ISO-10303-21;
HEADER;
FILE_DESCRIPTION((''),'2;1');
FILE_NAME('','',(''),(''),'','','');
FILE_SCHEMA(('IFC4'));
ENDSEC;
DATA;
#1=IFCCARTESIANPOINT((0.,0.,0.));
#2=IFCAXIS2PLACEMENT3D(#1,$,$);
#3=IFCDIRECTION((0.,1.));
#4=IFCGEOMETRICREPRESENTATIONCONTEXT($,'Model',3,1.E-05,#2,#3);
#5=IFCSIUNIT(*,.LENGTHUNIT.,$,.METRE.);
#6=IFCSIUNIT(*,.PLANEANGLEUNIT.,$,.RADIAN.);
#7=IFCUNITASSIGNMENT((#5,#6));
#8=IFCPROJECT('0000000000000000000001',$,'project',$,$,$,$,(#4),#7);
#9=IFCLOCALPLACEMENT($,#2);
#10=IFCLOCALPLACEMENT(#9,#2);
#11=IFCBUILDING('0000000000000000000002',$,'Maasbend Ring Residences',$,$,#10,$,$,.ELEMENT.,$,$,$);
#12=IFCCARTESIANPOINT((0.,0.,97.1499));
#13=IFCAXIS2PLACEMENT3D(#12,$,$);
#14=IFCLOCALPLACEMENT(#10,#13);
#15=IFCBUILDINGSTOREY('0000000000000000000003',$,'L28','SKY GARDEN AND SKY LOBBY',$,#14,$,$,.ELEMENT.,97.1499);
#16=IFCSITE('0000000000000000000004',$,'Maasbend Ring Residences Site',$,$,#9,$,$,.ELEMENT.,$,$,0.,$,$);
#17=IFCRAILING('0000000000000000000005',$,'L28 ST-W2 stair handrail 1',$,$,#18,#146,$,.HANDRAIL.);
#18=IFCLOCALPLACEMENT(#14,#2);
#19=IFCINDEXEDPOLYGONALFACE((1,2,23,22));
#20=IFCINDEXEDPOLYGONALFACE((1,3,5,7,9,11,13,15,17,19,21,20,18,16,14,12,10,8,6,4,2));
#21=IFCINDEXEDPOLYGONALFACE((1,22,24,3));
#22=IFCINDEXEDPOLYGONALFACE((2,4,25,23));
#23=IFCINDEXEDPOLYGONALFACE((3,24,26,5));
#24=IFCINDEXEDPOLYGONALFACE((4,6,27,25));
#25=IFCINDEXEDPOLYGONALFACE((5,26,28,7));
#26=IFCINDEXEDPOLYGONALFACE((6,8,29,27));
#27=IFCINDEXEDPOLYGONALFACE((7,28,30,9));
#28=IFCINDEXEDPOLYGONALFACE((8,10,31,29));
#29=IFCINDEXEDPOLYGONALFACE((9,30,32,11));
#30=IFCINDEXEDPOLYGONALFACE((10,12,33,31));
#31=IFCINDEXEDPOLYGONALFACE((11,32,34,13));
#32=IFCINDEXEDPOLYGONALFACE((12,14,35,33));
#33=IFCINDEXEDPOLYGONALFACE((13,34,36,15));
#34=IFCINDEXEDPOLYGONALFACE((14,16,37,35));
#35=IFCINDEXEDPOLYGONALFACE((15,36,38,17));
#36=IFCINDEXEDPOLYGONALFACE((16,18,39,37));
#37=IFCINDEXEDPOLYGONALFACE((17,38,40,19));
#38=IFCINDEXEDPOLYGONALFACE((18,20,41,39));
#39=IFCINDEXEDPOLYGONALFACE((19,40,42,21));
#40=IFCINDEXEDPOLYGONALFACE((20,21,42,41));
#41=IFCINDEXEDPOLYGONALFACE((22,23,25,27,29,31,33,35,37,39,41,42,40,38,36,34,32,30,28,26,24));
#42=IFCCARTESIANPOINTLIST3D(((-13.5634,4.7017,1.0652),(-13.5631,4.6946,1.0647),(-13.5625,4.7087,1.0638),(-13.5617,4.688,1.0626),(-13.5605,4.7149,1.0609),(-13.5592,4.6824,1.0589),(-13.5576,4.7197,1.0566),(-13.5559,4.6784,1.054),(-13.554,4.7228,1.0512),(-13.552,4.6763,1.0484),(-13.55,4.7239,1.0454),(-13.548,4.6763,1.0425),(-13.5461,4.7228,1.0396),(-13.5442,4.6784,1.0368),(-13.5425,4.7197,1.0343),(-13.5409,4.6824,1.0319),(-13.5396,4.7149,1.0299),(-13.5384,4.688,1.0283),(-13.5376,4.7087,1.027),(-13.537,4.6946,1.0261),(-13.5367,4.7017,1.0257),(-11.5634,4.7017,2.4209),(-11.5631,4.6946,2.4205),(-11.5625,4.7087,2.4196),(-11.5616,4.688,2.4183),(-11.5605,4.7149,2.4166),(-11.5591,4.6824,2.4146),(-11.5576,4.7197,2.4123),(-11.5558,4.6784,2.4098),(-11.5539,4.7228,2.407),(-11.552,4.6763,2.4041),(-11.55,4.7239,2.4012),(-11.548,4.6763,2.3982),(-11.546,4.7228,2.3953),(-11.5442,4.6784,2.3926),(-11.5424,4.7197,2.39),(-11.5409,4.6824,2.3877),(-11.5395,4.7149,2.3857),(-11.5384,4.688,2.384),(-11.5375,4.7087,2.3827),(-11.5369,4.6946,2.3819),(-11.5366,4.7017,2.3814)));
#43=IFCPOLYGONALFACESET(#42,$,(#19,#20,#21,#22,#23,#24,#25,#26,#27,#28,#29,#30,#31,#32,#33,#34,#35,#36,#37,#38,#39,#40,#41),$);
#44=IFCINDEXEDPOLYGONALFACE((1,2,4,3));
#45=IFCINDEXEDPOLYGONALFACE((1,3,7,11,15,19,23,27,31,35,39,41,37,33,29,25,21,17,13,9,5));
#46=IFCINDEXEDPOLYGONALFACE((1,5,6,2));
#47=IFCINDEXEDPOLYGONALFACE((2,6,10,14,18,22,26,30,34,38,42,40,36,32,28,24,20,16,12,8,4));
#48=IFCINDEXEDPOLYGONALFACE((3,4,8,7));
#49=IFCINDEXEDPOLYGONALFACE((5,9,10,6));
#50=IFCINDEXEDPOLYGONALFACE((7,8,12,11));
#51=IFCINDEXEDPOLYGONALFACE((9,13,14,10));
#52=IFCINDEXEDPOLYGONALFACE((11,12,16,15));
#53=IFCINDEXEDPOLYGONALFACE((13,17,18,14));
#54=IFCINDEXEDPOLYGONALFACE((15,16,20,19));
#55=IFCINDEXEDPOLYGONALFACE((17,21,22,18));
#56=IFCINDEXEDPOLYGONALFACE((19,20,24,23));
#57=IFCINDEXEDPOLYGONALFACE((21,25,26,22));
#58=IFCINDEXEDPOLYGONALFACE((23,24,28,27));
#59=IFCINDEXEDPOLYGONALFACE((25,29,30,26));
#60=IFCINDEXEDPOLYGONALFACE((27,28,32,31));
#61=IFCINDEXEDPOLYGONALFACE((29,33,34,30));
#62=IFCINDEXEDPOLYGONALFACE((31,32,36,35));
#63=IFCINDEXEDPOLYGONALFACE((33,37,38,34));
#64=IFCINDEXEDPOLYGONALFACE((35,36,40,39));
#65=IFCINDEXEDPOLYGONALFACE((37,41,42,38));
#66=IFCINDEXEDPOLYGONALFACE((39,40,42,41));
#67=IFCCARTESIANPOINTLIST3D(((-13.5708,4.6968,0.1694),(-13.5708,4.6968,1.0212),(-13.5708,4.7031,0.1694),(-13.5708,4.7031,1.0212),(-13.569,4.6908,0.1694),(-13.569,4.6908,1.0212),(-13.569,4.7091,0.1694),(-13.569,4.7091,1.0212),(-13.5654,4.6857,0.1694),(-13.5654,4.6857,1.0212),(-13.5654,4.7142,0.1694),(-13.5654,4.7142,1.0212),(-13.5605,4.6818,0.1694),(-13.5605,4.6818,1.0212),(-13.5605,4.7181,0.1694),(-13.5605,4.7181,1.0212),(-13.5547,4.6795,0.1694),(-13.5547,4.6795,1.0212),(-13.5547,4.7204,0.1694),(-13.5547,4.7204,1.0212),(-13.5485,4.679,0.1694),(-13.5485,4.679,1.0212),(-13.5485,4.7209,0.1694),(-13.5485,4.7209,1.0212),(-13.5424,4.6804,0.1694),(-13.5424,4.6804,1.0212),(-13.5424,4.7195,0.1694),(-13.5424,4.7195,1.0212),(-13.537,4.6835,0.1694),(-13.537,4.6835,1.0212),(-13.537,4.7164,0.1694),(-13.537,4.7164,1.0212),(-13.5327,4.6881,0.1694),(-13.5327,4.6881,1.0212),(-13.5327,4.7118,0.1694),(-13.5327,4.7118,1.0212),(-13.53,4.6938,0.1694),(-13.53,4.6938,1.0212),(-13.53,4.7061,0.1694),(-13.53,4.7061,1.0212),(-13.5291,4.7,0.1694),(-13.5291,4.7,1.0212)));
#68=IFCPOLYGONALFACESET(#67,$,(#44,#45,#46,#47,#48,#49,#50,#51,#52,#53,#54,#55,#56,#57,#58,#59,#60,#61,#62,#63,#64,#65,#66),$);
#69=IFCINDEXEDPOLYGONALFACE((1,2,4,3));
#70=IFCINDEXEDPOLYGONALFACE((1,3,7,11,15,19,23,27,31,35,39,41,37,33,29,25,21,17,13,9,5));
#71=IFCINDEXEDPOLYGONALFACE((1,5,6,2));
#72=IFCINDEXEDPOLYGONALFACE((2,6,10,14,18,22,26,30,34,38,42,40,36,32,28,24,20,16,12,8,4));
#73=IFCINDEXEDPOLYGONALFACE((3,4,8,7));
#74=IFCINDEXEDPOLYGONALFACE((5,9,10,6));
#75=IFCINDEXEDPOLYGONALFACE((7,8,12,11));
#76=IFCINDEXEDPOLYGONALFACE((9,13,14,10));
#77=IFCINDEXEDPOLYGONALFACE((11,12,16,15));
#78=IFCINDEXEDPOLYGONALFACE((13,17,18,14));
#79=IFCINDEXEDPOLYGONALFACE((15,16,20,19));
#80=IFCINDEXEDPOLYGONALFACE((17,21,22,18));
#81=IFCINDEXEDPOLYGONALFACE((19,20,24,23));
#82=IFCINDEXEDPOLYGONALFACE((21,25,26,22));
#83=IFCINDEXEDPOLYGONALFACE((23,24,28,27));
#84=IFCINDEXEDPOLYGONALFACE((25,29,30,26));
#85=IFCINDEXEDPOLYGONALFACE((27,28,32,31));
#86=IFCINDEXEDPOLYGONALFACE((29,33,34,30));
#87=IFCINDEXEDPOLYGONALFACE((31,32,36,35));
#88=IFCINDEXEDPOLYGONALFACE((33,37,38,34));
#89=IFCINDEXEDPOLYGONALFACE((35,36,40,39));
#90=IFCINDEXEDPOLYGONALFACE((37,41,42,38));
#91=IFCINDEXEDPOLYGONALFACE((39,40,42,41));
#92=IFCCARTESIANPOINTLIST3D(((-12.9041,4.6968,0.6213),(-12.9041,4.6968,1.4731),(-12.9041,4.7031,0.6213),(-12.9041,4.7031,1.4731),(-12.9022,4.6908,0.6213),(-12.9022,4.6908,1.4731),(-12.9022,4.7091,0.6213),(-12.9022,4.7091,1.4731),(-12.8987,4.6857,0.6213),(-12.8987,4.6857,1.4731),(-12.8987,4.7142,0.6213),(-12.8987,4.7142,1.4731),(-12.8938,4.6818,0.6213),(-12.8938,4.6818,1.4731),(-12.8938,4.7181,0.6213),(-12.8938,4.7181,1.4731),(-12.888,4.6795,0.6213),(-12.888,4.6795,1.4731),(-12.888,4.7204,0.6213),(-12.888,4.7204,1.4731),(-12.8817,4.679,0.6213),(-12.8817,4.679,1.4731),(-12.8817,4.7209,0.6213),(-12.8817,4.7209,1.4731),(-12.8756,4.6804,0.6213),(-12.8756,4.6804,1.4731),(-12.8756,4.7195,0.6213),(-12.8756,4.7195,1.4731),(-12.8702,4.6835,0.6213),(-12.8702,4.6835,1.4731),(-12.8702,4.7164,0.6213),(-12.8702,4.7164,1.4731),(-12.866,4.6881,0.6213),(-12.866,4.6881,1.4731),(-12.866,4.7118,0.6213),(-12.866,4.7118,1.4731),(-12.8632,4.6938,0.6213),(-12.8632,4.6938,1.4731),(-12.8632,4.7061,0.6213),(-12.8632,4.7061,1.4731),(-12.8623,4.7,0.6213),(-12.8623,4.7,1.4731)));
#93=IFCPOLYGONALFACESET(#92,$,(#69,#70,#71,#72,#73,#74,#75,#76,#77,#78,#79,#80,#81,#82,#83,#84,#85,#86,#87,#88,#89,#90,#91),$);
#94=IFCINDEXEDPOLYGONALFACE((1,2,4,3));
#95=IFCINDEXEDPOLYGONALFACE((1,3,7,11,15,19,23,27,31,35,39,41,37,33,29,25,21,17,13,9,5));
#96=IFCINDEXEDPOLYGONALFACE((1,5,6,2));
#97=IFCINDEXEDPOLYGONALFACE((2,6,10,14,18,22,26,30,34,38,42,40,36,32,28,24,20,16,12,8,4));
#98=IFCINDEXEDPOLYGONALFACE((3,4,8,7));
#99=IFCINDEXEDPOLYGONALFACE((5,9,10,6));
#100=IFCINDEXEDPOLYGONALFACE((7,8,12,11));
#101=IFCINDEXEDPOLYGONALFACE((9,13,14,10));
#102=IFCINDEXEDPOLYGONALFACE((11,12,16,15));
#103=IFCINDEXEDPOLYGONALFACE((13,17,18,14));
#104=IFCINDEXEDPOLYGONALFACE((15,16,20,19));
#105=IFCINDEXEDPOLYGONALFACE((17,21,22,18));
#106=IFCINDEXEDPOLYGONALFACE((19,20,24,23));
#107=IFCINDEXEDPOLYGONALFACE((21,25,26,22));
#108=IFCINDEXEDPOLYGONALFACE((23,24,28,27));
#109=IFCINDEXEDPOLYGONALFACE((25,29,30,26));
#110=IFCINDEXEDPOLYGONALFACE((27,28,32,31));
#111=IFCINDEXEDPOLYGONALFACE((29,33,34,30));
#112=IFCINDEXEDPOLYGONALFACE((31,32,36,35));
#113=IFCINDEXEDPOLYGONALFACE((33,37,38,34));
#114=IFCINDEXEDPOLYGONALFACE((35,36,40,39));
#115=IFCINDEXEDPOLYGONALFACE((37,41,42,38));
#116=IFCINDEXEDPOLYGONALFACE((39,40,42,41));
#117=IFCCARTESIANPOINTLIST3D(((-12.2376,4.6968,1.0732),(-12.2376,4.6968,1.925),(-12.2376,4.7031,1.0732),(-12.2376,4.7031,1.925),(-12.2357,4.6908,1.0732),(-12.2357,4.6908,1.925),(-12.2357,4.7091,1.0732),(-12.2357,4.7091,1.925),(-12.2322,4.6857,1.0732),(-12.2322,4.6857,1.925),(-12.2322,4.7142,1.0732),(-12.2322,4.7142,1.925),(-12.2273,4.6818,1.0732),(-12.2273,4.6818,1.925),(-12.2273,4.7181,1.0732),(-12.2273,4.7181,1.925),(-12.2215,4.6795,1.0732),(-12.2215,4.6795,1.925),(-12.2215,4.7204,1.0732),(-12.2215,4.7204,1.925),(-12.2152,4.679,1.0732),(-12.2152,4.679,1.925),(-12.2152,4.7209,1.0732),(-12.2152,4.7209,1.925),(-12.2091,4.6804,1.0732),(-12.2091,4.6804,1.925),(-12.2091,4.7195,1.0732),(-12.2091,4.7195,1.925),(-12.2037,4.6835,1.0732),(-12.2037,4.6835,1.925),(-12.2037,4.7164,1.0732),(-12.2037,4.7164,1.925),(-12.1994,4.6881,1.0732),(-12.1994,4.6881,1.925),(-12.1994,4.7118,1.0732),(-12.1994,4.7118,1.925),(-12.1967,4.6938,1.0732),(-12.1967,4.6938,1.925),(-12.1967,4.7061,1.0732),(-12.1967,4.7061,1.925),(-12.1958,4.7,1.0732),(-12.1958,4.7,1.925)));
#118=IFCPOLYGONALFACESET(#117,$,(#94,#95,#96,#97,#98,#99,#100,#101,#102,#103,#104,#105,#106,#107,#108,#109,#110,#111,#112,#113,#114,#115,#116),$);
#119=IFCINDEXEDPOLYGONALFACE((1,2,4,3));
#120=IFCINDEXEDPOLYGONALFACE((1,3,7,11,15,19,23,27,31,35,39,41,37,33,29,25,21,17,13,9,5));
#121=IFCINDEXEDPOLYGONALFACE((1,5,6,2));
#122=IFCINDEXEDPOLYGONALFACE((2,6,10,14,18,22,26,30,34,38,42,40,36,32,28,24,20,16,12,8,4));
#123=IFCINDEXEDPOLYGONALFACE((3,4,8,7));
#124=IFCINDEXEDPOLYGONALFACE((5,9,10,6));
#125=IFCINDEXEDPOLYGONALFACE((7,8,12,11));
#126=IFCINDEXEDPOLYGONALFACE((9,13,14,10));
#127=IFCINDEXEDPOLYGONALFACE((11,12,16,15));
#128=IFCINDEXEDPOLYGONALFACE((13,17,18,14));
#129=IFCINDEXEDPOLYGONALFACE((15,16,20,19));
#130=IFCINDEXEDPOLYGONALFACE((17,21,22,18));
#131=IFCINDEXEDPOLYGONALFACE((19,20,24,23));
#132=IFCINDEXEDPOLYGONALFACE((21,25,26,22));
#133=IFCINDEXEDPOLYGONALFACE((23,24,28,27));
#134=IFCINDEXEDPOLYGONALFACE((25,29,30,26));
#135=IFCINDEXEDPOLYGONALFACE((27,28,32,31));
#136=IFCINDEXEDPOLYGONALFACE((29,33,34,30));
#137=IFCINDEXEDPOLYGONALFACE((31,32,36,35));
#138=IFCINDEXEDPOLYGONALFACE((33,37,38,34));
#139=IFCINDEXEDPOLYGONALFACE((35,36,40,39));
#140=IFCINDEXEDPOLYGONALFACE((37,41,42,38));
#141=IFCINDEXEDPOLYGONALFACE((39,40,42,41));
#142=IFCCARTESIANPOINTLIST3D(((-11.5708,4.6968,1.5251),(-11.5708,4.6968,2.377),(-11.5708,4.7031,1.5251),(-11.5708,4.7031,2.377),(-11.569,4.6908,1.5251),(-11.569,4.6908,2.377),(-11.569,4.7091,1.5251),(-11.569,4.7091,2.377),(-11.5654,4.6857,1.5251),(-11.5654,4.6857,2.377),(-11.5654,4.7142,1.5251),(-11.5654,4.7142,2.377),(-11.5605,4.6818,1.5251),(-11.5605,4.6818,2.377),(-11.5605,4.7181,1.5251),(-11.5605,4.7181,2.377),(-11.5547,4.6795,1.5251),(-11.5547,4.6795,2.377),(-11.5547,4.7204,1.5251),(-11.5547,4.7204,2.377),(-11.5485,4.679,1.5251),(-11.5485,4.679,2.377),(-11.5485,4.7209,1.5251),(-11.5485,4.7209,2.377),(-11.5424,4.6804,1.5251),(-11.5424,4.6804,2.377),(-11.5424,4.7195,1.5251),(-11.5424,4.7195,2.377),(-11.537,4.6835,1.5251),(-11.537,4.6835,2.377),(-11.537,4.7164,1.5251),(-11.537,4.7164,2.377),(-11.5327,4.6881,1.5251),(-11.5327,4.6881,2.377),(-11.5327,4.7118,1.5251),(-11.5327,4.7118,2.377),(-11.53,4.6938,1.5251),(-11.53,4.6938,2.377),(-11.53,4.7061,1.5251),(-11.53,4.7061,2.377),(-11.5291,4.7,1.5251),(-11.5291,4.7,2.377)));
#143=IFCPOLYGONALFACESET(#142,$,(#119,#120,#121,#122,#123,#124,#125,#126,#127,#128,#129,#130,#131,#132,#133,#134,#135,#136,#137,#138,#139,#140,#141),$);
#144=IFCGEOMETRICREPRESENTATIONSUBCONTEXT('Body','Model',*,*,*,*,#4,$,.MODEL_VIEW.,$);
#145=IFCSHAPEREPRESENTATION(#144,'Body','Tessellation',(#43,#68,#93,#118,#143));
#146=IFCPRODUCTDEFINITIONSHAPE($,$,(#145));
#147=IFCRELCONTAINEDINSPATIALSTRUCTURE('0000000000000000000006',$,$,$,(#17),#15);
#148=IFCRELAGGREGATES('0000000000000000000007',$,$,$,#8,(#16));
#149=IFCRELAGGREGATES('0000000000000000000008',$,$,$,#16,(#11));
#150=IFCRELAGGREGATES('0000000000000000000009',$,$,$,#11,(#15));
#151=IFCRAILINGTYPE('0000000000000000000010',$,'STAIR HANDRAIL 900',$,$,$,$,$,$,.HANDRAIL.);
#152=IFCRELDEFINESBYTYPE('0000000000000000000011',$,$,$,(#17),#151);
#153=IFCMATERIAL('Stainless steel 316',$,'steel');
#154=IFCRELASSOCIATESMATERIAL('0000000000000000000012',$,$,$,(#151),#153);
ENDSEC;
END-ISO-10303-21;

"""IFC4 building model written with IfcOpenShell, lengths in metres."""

from ifc_helpers import new_model, si_unit, direction, frame, origin, origin_2d, place, context, subcontext, project, spatial, circle, extrude, material, type_object, element, save


model = new_model("IFC4")

# Units and contexts
model_context = context("Model", 3, precision=1e-05, world=origin(), true_north=direction((0.0, 1.0)))
body_context = subcontext(model_context, "Body", "Model", "MODEL_VIEW")
ifc_project = project(units=[si_unit("LENGTHUNIT", "METRE"), si_unit("PLANEANGLEUNIT", "RADIAN")], contexts=[model_context])

# Site, building, storey
site_placement = place(None, origin())
site = spatial("IfcSite", under=ifc_project, at=site_placement, Name="Maasbend Ring Residences Site", CompositionType="ELEMENT", RefElevation=0.0)
building_placement = place(site_placement, origin())
building = spatial("IfcBuilding", under=site, at=building_placement, Name="Maasbend Ring Residences", CompositionType="ELEMENT")
storey_placement = place(building_placement, frame((0.0, 0.0, 97.1499)))
storey = spatial("IfcBuildingStorey", under=building, at=storey_placement, Name="L28", Description="SKY GARDEN AND SKY LOBBY", CompositionType="ELEMENT", Elevation=97.1499)

# Railing
ifc_material_1 = material(Name="Stainless steel 316", Category="steel")
railing_type_1 = type_object("IfcRailingType", Name="STAIR HANDRAIL 900", PredefinedType="HANDRAIL", material=ifc_material_1)
for number, where, name in (
    (1, (-13.55, 4.7, 0.1694), "L28 ST-W2 stair handrail 1"),
):
    element("IfcRailing", number, at=place(storey_placement, frame(where)), inside=storey, type_object=railing_type_1, Name=name, PredefinedType="HANDRAIL", context=body_context, shape_type="SweptSolid", body=[
        extrude(circle(Radius=0.0239, at=origin_2d()), frame((0.0, 0.0, 0.876), z_axis=(0.827751, 0.0, 0.561096), x_axis=(0.0, 1.0, 0.0)), (0.0, 0.0, 1.0), 2.4163),
        extrude(circle(Radius=0.021, at=origin_2d()), origin(), (0.0, 0.0, 1.0), 0.8518),
        extrude(circle(Radius=0.021, at=origin_2d()), frame((0.6667, 0.0, 0.4519)), (0.0, 0.0, 1.0), 0.8518),
        extrude(circle(Radius=0.021, at=origin_2d()), frame((1.3333, 0.0, 0.9038)), (0.0, 0.0, 1.0), 0.8518),
        extrude(circle(Radius=0.021, at=origin_2d()), frame((2.0, 0.0, 1.3557)), (0.0, 0.0, 1.0), 0.8518),
    ])

save(model, "model.ifc")
